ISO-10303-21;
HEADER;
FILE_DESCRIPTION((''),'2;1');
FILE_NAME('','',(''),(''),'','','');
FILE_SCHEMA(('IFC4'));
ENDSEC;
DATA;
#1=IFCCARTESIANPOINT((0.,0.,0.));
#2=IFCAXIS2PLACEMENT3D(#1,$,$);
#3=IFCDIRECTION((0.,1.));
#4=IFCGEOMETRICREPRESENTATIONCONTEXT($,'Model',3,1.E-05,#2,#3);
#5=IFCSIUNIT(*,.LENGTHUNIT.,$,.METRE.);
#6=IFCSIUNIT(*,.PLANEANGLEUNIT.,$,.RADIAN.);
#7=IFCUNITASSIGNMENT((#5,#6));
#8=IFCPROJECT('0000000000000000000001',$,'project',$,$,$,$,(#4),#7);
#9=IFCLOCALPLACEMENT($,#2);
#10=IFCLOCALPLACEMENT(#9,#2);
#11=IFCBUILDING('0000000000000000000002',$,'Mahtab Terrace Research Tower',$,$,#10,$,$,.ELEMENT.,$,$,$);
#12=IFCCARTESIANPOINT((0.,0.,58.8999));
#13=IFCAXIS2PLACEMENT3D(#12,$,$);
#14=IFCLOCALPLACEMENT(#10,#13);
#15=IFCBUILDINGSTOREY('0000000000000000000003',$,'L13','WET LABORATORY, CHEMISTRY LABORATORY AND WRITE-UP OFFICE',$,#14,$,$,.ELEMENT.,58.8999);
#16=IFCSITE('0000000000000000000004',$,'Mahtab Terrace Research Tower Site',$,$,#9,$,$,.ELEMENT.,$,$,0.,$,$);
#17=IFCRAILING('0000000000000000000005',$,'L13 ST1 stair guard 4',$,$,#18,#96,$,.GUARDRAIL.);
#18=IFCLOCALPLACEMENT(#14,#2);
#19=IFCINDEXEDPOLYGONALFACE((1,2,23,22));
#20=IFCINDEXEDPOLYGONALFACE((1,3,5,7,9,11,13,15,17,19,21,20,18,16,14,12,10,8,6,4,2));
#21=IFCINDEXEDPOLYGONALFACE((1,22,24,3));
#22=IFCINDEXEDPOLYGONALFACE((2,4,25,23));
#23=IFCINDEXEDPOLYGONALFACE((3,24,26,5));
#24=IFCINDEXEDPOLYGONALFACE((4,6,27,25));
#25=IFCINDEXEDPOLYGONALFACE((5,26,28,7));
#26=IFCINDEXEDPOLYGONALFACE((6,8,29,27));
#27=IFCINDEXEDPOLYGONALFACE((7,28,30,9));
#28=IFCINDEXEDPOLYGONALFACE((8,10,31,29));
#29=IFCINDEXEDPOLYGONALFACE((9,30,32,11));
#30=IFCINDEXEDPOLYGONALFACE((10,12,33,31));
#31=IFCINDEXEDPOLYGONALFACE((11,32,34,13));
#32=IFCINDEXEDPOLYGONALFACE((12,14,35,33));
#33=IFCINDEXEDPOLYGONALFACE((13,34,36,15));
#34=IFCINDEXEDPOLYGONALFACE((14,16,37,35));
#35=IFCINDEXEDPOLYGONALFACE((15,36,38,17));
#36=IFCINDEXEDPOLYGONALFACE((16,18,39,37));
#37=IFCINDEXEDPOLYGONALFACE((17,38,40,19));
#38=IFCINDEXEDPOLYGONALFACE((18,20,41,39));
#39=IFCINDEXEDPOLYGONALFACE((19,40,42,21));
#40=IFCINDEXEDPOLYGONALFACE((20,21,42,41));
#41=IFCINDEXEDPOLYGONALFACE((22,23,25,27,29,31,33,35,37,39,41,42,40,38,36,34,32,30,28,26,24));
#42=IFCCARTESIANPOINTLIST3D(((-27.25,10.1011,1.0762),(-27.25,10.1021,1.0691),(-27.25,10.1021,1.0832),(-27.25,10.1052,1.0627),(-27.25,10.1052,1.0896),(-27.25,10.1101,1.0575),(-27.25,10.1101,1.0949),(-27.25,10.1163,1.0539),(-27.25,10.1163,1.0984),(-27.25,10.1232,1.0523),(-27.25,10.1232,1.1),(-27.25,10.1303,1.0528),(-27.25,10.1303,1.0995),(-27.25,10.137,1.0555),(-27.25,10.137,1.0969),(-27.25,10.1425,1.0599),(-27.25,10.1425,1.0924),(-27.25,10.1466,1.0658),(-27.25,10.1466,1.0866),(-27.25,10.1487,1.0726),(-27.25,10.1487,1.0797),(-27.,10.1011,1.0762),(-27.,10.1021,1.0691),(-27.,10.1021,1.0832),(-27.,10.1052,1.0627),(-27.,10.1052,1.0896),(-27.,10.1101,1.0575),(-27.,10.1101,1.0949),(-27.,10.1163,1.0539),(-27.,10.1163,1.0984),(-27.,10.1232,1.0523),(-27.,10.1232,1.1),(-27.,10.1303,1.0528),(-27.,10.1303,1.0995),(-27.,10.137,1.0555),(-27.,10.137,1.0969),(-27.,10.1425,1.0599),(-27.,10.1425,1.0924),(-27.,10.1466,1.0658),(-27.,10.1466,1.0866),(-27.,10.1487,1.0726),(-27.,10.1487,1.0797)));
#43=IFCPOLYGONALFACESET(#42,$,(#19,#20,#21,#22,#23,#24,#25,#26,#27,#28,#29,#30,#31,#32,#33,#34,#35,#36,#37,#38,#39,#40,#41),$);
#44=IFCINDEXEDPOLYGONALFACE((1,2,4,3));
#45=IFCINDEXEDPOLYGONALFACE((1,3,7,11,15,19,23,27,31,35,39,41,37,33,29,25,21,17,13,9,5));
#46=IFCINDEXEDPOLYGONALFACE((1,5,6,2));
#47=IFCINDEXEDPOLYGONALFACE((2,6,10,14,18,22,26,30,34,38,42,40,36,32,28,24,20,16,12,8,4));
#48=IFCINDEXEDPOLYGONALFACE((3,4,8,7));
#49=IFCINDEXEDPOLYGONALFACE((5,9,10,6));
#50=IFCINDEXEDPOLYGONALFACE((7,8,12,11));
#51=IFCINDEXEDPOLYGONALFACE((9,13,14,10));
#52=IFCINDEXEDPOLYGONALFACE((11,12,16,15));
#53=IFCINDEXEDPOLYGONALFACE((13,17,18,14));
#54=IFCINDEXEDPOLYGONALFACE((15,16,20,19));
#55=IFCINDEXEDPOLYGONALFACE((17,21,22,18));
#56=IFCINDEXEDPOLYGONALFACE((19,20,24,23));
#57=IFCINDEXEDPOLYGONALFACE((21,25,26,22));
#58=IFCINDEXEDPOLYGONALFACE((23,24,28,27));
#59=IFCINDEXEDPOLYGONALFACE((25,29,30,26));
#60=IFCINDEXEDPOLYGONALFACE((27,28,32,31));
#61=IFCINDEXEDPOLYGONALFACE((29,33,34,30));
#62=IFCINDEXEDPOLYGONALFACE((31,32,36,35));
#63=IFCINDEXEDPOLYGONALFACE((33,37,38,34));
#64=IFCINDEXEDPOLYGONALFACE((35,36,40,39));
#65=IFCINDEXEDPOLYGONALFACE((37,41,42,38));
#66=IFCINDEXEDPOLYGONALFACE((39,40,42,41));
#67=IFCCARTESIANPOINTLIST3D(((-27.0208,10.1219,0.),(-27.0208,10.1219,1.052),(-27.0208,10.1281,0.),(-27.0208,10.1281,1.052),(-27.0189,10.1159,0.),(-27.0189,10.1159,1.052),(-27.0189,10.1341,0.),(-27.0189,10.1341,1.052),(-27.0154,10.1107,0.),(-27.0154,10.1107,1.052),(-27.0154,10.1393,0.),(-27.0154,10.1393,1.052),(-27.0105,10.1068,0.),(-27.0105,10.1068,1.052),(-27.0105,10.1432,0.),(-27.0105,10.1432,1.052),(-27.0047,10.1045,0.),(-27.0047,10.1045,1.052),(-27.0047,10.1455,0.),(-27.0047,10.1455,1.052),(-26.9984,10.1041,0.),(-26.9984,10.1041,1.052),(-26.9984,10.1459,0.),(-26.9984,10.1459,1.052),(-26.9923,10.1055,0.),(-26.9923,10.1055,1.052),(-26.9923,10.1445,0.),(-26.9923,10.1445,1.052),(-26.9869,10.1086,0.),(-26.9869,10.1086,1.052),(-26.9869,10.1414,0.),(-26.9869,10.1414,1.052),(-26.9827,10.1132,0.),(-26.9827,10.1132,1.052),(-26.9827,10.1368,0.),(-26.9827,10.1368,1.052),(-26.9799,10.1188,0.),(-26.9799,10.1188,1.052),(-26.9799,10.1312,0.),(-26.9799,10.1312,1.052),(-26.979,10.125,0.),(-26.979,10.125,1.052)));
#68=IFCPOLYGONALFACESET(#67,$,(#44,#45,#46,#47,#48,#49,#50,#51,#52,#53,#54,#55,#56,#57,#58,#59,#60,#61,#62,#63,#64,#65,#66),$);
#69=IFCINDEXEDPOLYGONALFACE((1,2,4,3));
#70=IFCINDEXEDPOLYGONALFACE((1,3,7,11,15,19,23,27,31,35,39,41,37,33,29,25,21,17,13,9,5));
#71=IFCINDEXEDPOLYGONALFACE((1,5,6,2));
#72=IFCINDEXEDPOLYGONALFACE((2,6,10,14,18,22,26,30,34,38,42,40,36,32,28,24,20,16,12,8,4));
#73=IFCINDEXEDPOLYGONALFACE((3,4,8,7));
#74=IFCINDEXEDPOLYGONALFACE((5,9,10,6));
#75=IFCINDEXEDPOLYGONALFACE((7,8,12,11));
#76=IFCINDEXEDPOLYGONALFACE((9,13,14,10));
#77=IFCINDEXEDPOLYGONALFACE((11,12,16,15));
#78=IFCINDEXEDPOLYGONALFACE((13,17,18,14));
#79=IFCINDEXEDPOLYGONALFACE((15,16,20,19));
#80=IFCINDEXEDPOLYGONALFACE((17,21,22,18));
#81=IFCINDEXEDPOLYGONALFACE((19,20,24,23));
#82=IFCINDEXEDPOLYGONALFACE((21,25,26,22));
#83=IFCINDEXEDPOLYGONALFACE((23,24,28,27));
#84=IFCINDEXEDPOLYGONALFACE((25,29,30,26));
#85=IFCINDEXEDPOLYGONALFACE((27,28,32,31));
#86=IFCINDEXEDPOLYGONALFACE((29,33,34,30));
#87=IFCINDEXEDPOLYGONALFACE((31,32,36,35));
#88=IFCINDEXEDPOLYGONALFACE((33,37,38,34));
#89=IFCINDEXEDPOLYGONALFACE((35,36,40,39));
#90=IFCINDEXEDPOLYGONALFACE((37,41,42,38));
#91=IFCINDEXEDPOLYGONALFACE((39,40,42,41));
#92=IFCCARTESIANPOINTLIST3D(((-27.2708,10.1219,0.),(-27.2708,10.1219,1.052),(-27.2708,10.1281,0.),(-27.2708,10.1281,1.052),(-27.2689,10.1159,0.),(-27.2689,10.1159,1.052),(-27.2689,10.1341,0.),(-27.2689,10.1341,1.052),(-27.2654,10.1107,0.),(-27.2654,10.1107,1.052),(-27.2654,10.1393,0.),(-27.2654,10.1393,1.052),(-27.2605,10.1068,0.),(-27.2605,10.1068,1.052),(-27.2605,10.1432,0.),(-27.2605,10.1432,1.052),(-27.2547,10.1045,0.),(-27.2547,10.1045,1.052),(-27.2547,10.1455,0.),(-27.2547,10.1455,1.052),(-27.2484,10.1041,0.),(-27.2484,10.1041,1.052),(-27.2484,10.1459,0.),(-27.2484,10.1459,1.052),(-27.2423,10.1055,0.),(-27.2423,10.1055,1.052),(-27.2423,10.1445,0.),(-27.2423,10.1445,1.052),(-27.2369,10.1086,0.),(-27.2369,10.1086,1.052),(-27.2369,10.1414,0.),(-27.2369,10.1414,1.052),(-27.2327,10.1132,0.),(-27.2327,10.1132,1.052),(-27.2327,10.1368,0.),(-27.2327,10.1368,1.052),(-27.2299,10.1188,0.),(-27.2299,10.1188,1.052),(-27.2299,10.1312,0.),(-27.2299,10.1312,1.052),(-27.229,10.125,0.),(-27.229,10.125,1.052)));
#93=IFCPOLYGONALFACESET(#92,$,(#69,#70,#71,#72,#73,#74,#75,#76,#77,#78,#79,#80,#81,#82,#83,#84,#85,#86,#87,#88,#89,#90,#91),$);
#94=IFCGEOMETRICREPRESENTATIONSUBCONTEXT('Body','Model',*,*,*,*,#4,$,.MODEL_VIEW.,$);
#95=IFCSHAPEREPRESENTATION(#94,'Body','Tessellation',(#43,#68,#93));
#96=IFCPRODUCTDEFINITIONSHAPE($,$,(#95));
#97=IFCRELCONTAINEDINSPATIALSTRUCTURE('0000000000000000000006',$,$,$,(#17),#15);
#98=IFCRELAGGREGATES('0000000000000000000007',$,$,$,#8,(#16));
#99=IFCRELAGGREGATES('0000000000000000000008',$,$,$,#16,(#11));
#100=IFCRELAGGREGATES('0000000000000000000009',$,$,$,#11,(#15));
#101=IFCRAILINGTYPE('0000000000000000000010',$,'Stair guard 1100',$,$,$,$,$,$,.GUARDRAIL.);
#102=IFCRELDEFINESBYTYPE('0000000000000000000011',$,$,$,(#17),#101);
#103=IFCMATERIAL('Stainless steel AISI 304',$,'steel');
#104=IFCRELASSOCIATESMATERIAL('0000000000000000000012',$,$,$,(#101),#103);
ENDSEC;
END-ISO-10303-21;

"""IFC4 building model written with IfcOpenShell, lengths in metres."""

from ifc_helpers import new_model, si_unit, direction, frame, origin, origin_2d, place, context, subcontext, project, spatial, circle, extrude, material, type_object, element, save


model = new_model("IFC4")

# Units and contexts
model_context = context("Model", 3, precision=1e-05, world=origin(), true_north=direction((0.0, 1.0)))
body_context = subcontext(model_context, "Body", "Model", "MODEL_VIEW")
ifc_project = project(units=[si_unit("LENGTHUNIT", "METRE"), si_unit("PLANEANGLEUNIT", "RADIAN")], contexts=[model_context])

# Site, building, storey
site_placement = place(None, origin())
site = spatial("IfcSite", under=ifc_project, at=site_placement, Name="Mahtab Terrace Research Tower Site", CompositionType="ELEMENT", RefElevation=0.0)
building_placement = place(site_placement, origin())
building = spatial("IfcBuilding", under=site, at=building_placement, Name="Mahtab Terrace Research Tower", CompositionType="ELEMENT")
storey_placement = place(building_placement, frame((0.0, 0.0, 58.8999)))
storey = spatial("IfcBuildingStorey", under=building, at=storey_placement, Name="L13", Description="WET LABORATORY, CHEMISTRY LABORATORY AND WRITE-UP OFFICE", CompositionType="ELEMENT", Elevation=58.8999)

# Railing
ifc_material_1 = material(Name="Stainless steel AISI 304", Category="steel")
railing_type_1 = type_object("IfcRailingType", Name="Stair guard 1100", PredefinedType="GUARDRAIL", material=ifc_material_1)
railing_1_placement = place(storey_placement, frame((-27.0, 10.125, 0.0)))
element("IfcRailing", 1, at=railing_1_placement, inside=storey, type_object=railing_type_1, Name="L13 ST1 stair guard 4", PredefinedType="GUARDRAIL", context=body_context, shape_type="SweptSolid", body=[
    extrude(circle(Radius=0.0239, at=origin_2d()), frame((0.0, 0.0, 1.0762), z_axis=(-1.0, 0.0, 0.0), x_axis=(0.0, -1.0, 0.0)), (0.0, 0.0, 1.0), 0.25),
    extrude(circle(Radius=0.021, at=origin_2d()), origin(), (0.0, 0.0, 1.0), 1.052),
    extrude(circle(Radius=0.021, at=origin_2d()), frame((-0.25, 0.0, 0.0)), (0.0, 0.0, 1.0), 1.052),
])

save(model, "model.ifc")
